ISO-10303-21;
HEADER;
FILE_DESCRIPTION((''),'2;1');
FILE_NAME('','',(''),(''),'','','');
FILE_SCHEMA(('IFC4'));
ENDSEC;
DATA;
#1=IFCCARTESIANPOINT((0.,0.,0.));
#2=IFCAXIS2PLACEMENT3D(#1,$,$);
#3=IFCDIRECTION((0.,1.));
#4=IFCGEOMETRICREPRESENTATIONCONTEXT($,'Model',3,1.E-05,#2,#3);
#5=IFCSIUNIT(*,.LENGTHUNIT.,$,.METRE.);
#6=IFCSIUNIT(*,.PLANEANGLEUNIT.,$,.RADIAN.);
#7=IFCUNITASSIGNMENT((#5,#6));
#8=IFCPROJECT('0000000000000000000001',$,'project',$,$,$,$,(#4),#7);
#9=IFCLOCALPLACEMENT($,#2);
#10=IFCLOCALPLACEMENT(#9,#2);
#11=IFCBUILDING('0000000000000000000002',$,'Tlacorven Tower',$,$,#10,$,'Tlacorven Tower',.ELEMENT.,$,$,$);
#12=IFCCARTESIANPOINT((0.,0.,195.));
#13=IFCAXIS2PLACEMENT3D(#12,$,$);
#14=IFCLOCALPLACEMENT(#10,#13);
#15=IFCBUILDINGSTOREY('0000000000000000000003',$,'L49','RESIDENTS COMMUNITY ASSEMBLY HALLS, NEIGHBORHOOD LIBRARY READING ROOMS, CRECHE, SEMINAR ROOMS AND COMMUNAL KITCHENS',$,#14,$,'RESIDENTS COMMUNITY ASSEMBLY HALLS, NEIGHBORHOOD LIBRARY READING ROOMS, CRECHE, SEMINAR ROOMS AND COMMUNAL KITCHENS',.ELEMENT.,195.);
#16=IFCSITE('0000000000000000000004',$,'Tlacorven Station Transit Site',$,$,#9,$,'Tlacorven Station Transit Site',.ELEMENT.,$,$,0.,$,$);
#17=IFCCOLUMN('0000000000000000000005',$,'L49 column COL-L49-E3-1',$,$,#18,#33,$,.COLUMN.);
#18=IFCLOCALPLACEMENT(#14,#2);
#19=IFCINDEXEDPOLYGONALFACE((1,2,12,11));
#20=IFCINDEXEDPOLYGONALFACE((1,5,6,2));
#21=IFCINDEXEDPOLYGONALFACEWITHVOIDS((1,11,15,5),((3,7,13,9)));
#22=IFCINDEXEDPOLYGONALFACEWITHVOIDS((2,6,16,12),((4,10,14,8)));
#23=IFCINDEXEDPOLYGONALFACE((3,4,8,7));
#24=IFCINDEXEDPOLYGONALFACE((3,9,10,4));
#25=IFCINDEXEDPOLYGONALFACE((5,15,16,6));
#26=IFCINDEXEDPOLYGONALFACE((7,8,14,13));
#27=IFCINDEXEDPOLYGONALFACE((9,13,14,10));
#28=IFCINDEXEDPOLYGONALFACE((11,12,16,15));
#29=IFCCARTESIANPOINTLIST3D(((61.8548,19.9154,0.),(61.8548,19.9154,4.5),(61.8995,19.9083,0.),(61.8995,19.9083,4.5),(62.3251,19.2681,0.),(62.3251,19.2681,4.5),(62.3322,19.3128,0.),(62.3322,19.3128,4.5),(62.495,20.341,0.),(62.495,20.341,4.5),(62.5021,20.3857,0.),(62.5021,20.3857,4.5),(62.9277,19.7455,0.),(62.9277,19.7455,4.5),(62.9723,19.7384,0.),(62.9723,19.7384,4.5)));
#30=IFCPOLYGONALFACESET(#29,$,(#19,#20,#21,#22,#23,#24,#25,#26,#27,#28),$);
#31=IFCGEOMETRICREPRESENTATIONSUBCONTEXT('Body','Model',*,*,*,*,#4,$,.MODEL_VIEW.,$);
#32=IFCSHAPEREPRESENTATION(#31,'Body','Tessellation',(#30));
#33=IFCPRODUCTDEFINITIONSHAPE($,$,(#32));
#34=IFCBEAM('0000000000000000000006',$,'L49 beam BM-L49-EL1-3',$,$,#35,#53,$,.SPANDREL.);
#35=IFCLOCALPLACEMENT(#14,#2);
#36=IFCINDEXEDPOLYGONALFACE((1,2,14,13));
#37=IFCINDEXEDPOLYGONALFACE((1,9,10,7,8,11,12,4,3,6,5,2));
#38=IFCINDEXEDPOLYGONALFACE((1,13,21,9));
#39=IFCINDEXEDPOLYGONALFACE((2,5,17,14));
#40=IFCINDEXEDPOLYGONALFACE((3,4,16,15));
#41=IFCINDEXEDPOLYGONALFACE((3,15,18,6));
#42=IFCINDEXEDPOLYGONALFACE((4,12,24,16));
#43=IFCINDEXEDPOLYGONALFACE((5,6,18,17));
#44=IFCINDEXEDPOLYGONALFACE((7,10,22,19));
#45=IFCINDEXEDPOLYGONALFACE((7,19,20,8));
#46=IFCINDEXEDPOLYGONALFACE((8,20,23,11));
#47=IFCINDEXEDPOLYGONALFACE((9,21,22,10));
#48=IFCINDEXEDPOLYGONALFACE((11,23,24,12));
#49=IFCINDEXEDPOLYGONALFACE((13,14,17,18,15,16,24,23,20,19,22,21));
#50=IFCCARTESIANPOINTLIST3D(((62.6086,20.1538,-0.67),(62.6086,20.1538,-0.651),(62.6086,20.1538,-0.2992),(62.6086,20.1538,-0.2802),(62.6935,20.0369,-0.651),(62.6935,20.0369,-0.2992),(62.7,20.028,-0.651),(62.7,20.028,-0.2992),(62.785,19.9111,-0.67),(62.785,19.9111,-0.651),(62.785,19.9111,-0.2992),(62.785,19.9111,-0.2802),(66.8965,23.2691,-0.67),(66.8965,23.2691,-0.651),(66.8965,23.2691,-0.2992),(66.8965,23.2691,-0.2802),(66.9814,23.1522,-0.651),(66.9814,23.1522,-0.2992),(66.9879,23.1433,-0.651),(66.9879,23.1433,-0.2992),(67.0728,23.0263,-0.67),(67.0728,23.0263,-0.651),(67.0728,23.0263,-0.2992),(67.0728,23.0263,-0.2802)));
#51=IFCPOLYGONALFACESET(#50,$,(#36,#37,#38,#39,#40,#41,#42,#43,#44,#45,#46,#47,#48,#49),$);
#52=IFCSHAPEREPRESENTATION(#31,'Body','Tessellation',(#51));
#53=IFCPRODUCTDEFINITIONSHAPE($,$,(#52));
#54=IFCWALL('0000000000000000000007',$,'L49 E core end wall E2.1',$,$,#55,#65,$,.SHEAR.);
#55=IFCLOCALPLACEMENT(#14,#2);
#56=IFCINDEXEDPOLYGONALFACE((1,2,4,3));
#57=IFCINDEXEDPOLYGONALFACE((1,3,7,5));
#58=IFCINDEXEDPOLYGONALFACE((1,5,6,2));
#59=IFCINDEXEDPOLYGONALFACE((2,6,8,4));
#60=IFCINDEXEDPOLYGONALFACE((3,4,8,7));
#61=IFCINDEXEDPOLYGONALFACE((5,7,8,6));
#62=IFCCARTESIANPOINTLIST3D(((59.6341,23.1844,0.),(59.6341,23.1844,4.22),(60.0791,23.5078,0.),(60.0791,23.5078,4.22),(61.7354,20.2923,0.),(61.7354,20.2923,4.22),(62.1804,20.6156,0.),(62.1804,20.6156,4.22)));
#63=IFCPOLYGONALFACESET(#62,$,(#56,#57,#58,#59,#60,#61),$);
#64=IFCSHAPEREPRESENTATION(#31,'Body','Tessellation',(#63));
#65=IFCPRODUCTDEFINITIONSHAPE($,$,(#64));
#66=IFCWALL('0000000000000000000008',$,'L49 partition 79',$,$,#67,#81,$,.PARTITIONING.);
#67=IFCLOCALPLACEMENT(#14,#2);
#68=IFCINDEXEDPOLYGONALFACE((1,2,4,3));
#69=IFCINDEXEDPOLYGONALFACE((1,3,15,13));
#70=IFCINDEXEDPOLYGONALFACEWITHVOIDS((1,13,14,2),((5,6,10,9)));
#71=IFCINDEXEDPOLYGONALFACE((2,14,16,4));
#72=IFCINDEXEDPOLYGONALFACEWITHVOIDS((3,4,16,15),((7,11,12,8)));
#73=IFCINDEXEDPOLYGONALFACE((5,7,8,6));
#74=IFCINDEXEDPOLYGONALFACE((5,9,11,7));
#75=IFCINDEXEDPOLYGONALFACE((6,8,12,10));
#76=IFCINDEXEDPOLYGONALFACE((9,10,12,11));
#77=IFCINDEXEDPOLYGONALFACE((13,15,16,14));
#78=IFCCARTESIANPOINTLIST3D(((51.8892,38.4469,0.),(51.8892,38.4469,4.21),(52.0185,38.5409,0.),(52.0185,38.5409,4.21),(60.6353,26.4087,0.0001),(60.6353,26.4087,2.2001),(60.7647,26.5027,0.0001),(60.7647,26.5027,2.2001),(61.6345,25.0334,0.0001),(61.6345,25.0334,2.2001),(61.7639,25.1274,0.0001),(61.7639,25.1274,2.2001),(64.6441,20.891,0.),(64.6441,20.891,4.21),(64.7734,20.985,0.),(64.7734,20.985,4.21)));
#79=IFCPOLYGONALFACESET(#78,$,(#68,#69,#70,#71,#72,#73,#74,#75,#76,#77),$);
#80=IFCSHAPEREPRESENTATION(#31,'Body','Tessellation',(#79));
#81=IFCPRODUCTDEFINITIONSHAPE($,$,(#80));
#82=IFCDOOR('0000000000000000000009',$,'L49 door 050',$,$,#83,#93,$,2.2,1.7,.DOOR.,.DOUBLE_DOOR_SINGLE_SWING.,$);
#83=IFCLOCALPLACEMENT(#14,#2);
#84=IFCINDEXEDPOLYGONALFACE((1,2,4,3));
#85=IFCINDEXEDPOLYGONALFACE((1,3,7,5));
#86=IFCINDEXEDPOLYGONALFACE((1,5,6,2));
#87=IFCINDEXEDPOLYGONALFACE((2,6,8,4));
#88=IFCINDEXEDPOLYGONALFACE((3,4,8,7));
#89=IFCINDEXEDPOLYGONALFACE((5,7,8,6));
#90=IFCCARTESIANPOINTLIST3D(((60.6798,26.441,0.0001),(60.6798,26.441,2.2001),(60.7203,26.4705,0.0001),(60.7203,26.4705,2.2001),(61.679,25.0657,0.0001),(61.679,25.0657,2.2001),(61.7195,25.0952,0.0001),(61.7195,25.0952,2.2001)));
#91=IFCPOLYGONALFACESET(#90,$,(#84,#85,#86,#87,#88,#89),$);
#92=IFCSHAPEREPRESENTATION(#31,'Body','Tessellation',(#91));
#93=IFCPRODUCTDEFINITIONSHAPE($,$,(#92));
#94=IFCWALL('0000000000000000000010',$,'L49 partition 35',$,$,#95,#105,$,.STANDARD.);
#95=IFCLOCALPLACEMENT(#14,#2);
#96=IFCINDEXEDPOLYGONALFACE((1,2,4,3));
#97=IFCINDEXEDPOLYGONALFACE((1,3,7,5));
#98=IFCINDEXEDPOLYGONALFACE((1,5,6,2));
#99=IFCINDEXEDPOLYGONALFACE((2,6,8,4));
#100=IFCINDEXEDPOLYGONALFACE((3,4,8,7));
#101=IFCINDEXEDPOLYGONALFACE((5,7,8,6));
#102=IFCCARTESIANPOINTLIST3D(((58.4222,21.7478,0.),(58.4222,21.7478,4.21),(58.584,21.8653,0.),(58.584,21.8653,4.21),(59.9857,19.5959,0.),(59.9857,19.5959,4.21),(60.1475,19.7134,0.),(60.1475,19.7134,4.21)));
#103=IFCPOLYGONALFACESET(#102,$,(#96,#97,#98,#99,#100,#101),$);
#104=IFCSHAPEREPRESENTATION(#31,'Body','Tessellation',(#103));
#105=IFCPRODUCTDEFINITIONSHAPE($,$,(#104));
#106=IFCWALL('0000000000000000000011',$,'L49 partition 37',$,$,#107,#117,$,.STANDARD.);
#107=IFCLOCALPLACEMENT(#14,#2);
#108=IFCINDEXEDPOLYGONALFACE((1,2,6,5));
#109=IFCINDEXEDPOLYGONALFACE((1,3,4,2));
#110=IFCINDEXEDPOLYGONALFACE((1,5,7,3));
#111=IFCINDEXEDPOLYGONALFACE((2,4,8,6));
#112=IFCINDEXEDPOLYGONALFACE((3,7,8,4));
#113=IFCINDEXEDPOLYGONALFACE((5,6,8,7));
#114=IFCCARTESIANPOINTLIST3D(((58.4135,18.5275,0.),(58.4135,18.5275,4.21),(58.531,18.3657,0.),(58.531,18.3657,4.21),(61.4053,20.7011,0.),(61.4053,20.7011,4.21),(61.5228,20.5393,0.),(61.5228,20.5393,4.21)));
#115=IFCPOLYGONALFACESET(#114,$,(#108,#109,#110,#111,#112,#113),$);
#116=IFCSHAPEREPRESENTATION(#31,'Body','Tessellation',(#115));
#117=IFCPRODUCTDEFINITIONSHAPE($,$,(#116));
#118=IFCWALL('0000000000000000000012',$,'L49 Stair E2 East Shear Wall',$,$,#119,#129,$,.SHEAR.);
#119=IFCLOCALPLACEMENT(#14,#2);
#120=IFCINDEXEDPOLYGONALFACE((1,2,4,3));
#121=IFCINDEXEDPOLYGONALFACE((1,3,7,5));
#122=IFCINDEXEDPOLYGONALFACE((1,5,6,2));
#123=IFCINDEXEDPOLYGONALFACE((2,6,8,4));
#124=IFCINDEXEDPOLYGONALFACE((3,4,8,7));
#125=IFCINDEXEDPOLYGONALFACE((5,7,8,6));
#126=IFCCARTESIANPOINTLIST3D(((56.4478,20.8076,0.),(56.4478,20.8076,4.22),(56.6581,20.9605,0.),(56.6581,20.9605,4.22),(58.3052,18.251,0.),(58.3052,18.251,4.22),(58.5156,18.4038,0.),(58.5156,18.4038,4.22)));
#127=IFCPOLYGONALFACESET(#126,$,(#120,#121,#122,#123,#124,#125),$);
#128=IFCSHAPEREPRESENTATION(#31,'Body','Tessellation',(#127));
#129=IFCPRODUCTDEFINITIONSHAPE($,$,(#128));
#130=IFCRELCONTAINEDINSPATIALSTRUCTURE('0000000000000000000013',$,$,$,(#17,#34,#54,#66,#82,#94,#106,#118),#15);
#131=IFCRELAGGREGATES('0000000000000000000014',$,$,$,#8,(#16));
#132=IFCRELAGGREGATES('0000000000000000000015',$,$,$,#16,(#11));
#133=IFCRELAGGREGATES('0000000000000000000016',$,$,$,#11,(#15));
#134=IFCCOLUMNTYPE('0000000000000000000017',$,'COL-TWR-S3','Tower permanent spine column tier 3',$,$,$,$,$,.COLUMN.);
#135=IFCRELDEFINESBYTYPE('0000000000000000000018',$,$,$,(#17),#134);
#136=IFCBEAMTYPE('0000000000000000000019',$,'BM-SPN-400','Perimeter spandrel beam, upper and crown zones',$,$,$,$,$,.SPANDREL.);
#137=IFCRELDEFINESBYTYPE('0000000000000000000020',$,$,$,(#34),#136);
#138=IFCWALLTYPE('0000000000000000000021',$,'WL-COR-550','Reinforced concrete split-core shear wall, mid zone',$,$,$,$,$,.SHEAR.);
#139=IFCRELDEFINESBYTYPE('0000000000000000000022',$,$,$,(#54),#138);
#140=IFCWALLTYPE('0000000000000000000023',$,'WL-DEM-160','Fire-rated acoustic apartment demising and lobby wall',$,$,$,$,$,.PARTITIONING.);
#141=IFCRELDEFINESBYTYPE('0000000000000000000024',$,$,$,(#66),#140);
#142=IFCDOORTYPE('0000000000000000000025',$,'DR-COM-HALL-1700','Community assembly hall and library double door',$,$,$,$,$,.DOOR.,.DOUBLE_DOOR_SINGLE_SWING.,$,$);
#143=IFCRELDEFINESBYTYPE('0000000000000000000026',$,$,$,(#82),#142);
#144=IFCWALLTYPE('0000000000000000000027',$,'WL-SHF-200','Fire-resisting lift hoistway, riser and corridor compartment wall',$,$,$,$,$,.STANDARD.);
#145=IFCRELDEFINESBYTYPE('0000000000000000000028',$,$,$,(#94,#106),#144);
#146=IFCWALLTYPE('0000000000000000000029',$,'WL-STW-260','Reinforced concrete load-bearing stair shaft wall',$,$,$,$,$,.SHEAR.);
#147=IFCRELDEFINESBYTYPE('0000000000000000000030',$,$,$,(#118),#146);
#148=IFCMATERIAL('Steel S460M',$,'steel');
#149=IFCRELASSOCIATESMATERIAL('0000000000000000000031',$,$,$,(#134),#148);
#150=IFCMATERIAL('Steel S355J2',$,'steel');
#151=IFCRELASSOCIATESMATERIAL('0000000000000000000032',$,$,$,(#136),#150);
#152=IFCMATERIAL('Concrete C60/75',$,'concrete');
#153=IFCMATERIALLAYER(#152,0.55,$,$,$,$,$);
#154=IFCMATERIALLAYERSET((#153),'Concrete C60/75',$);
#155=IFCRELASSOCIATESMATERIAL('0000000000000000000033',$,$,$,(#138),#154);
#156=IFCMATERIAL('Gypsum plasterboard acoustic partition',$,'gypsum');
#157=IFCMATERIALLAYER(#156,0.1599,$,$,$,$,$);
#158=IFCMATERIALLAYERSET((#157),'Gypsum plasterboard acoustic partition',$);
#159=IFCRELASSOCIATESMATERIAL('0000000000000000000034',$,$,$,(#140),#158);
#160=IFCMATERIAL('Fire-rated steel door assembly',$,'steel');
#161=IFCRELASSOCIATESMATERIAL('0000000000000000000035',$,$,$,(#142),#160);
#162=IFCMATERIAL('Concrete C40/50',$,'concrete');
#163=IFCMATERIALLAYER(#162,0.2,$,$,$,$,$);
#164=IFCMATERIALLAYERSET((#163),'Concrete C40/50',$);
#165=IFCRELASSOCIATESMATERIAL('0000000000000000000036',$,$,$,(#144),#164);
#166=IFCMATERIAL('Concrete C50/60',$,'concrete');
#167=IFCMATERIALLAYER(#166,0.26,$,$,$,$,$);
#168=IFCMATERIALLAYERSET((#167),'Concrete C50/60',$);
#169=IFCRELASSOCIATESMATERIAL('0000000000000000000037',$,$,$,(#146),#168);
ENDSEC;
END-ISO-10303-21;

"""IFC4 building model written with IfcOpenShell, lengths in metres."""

from ifc_helpers import new_model, si_unit, direction, frame, frame_2d, origin, origin_2d, place, context, subcontext, project, spatial, rectangle, hollow_rectangle, i_section, extrude, source, transform, mapped, material, layer, layer_set, material_profile, profile_set, type_object, element, fill, save


model = new_model("IFC4")

# Units and contexts
model_context = context("Model", 3, precision=1e-05, world=origin(), true_north=direction((0.0, 1.0)))
body_context = subcontext(model_context, "Body", "Model", "MODEL_VIEW")
ifc_project = project(units=[si_unit("LENGTHUNIT", "METRE"), si_unit("PLANEANGLEUNIT", "RADIAN")], contexts=[model_context])

# Site, building, storey
site_placement = place(None, origin())
site = spatial("IfcSite", under=ifc_project, at=site_placement, Name="Tlacorven Station Transit Site", LongName="Tlacorven Station Transit Site", CompositionType="ELEMENT", RefElevation=0.0)
building_placement = place(site_placement, origin())
building = spatial("IfcBuilding", under=site, at=building_placement, Name="Tlacorven Tower", LongName="Tlacorven Tower", CompositionType="ELEMENT")
storey_placement = place(building_placement, frame((0.0, 0.0, 195.0)))
storey = spatial("IfcBuildingStorey", under=building, at=storey_placement, Name="L49", Description="RESIDENTS COMMUNITY ASSEMBLY HALLS, NEIGHBORHOOD LIBRARY READING ROOMS, CRECHE, SEMINAR ROOMS AND COMMUNAL KITCHENS", LongName="RESIDENTS COMMUNITY ASSEMBLY HALLS, NEIGHBORHOOD LIBRARY READING ROOMS, CRECHE, SEMINAR ROOMS AND COMMUNAL KITCHENS", CompositionType="ELEMENT", Elevation=195.0)

# Column
ifc_material_1 = material(Name="Steel S460M", Category="steel")
ifc_material_profile_1 = material_profile(ifc_material_1, hollow_rectangle(XDim=0.8, YDim=0.8, WallThickness=0.032, at=origin_2d()), Name="BOX 800X800X32")
ifc_profile_set_1 = profile_set([ifc_material_profile_1], Name="Steel S460M")
column_type = type_object("IfcColumnType", Name="COL-TWR-S3", Description="Tower permanent spine column tier 3", PredefinedType="COLUMN", material=ifc_profile_set_1)
shared_shape_1 = source(origin(), body_context, "Body", "SweptSolid", [
    extrude(hollow_rectangle(XDim=0.8, YDim=0.8, WallThickness=0.032, at=origin_2d()), origin(), (0.0, 0.0, 1.0), 4.5),
])
column_placement = place(storey_placement, frame((62.4136, 19.8269, 0.0), z_axis=(0.0, 0.0, 1.0), x_axis=(0.809017, 0.587785, 0.0)))
element("IfcColumn", 1, at=column_placement, inside=storey, type_object=column_type, Name="L49 column COL-L49-E3-1", PredefinedType="COLUMN", context=body_context, shape_type="MappedRepresentation", body=[
    mapped(shared_shape_1, transform((0.0, 0.0, 0.0), scale=1.0)),
])

# Beam
ifc_material_2 = material(Name="Steel S355J2", Category="steel")
ifc_material_profile_2 = material_profile(ifc_material_2, i_section(OverallWidth=0.3, OverallDepth=0.3899, WebThickness=0.011, FlangeThickness=0.019, at=origin_2d()), Name="HEA 400")
ifc_profile_set_2 = profile_set([ifc_material_profile_2], Name="Steel S355J2")
beam_type = type_object("IfcBeamType", Name="BM-SPN-400", Description="Perimeter spandrel beam, upper and crown zones", PredefinedType="SPANDREL", material=ifc_profile_set_2)
shared_shape_2 = source(origin(), body_context, "Body", "SweptSolid", [
    extrude(i_section(OverallWidth=0.3, OverallDepth=0.3899, WebThickness=0.011, FlangeThickness=0.019, at=origin_2d()), origin(), (0.0, 0.0, 1.0), 5.3),
])
beam_placement = place(storey_placement, frame((62.6968, 20.0325, -0.4751), z_axis=(0.809023, 0.587777, 0.0), x_axis=(-0.587777, 0.809023, 0.0)))
element("IfcBeam", 2, at=beam_placement, inside=storey, type_object=beam_type, Name="L49 beam BM-L49-EL1-3", PredefinedType="SPANDREL", context=body_context, shape_type="MappedRepresentation", body=[
    mapped(shared_shape_2, transform((0.0, 0.0, 0.0), scale=1.0)),
])

# Wall
ifc_material_3 = material(Name="Concrete C60/75", Category="concrete")
ifc_layer_1 = layer(ifc_material_3, 0.55)
ifc_layer_set_1 = layer_set([ifc_layer_1], Name="Concrete C60/75")
wall_type_1 = type_object("IfcWallType", Name="WL-COR-550", Description="Reinforced concrete split-core shear wall, mid zone", PredefinedType="SHEAR", material=ifc_layer_set_1)
wall_1_placement = place(storey_placement, frame((61.958, 20.4539, 0.0), z_axis=(0.0, 0.0, 1.0), x_axis=(-0.587802, 0.809005, 0.0)))
element("IfcWall", 3, at=wall_1_placement, inside=storey, type_object=wall_type_1, Name="L49 E core end wall E2.1", PredefinedType="SHEAR", context=body_context, shape_type="SweptSolid", body=[
    extrude(rectangle(XDim=3.575, YDim=0.55, at=frame_2d((1.7876, 0.0))), origin(), (0.0, 0.0, 1.0), 4.22),
])

# Wall, opening, door
ifc_material_4 = material(Name="Gypsum plasterboard acoustic partition", Category="gypsum")
ifc_layer_2 = layer(ifc_material_4, 0.1599)
ifc_layer_set_2 = layer_set([ifc_layer_2], Name="Gypsum plasterboard acoustic partition")
wall_type_2 = type_object("IfcWallType", Name="WL-DEM-160", Description="Fire-rated acoustic apartment demising and lobby wall", PredefinedType="PARTITIONING", material=ifc_layer_set_2)
wall_2_placement = place(storey_placement, frame((64.7087, 20.938, 0.0), z_axis=(0.0, 0.0, 1.0), x_axis=(-0.587778, 0.809022, 0.0)))
wall_2 = element("IfcWall", 4, at=wall_2_placement, inside=storey, type_object=wall_type_2, Name="L49 partition 79", PredefinedType="PARTITIONING", context=body_context, shape_type="SweptSolid", body=[
    extrude(rectangle(XDim=21.7002, YDim=0.1599, at=frame_2d((10.8501, 0.0))), origin(), (0.0, 0.0, 1.0), 4.21),
])
opening_1_placement = place(wall_2_placement, frame((5.1201, 0.0, 0.0)))
opening_1 = element("IfcOpeningElement", 5, at=opening_1_placement, cuts=wall_2, PredefinedType="OPENING", context=body_context, shape_type="SweptSolid", body=[
    extrude(rectangle(XDim=1.7, YDim=2.2, at=frame_2d((0.8501, 1.1001))), frame((0.0, 0.0898, 0.0), z_axis=(0.0, -1.0, 0.0), x_axis=(1.0, 0.0, 0.0)), (0.0, 0.0, 1.0), 0.1799),
])
ifc_material_5 = material(Name="Fire-rated steel door assembly", Category="steel")
door_type_1 = type_object("IfcDoorType", Name="DR-COM-HALL-1700", Description="Community assembly hall and library double door", OperationType="DOUBLE_DOOR_SINGLE_SWING", PredefinedType="DOOR", material=ifc_material_5)
shared_shape_3 = source(origin(), body_context, "Body", "SweptSolid", [
    extrude(rectangle(XDim=1.7, YDim=2.2, at=frame_2d((0.8501, 1.1001))), frame((0.0, 0.0249, 0.0), z_axis=(0.0, -1.0, 0.0), x_axis=(1.0, 0.0, 0.0)), (0.0, 0.0, 1.0), 0.05),
])
door_1_placement = place(opening_1_placement, origin())
door_1 = element("IfcDoor", 6, at=door_1_placement, inside=storey, type_object=door_type_1, Name="L49 door 050", OperationType="DOUBLE_DOOR_SINGLE_SWING", OverallHeight=2.2, OverallWidth=1.7, PredefinedType="DOOR", context=body_context, shape_type="MappedRepresentation", body=[
    mapped(shared_shape_3, transform((0.0, 0.0, 0.0), scale=1.0)),
])
fill(opening_1, door_1)

# Shared definitions
ifc_material_6 = material(Name="Concrete C40/50", Category="concrete")
ifc_layer_3 = layer(ifc_material_6, 0.2)
ifc_layer_set_3 = layer_set([ifc_layer_3], Name="Concrete C40/50")
wall_type_3 = type_object("IfcWallType", Name="WL-SHF-200", Description="Fire-resisting lift hoistway, riser and corridor compartment wall", PredefinedType="STANDARD", material=ifc_layer_set_3)

# Walls
wall_3_placement = place(storey_placement, frame((60.0667, 19.6545, 0.0), z_axis=(0.0, 0.0, 1.0), x_axis=(-0.587801, 0.809006, 0.0)))
element("IfcWall", 7, at=wall_3_placement, inside=storey, type_object=wall_type_3, Name="L49 partition 35", PredefinedType="STANDARD", context=body_context, shape_type="SweptSolid", body=[
    extrude(rectangle(XDim=2.6599, YDim=0.2, at=frame_2d((1.3301, 0.0))), origin(), (0.0, 0.0, 1.0), 4.21),
])
wall_4_placement = place(storey_placement, frame((58.4722, 18.4465, 0.0), z_axis=(0.0, 0.0, 1.0), x_axis=(0.809019, 0.587783, 0.0)))
element("IfcWall", 8, at=wall_4_placement, inside=storey, type_object=wall_type_3, Name="L49 partition 37", PredefinedType="STANDARD", context=body_context, shape_type="SweptSolid", body=[
    extrude(rectangle(XDim=3.698, YDim=0.2, at=frame_2d((1.8491, 0.0))), origin(), (0.0, 0.0, 1.0), 4.21),
])
ifc_material_7 = material(Name="Concrete C50/60", Category="concrete")
ifc_layer_4 = layer(ifc_material_7, 0.26)
ifc_layer_set_4 = layer_set([ifc_layer_4], Name="Concrete C50/60")
wall_type_4 = type_object("IfcWallType", Name="WL-STW-260", Description="Reinforced concrete load-bearing stair shaft wall", PredefinedType="SHEAR", material=ifc_layer_set_4)
wall_5_placement = place(storey_placement, frame((58.4104, 18.3274, 0.0), z_axis=(0.0, 0.0, 1.0), x_axis=(-0.587767, 0.80903, 0.0)))
element("IfcWall", 9, at=wall_5_placement, inside=storey, type_object=wall_type_4, Name="L49 Stair E2 East Shear Wall", PredefinedType="SHEAR", context=body_context, shape_type="SweptSolid", body=[
    extrude(rectangle(XDim=3.1602, YDim=0.26, at=frame_2d((1.5801, 0.0))), origin(), (0.0, 0.0, 1.0), 4.22),
])

save(model, "model.ifc")
